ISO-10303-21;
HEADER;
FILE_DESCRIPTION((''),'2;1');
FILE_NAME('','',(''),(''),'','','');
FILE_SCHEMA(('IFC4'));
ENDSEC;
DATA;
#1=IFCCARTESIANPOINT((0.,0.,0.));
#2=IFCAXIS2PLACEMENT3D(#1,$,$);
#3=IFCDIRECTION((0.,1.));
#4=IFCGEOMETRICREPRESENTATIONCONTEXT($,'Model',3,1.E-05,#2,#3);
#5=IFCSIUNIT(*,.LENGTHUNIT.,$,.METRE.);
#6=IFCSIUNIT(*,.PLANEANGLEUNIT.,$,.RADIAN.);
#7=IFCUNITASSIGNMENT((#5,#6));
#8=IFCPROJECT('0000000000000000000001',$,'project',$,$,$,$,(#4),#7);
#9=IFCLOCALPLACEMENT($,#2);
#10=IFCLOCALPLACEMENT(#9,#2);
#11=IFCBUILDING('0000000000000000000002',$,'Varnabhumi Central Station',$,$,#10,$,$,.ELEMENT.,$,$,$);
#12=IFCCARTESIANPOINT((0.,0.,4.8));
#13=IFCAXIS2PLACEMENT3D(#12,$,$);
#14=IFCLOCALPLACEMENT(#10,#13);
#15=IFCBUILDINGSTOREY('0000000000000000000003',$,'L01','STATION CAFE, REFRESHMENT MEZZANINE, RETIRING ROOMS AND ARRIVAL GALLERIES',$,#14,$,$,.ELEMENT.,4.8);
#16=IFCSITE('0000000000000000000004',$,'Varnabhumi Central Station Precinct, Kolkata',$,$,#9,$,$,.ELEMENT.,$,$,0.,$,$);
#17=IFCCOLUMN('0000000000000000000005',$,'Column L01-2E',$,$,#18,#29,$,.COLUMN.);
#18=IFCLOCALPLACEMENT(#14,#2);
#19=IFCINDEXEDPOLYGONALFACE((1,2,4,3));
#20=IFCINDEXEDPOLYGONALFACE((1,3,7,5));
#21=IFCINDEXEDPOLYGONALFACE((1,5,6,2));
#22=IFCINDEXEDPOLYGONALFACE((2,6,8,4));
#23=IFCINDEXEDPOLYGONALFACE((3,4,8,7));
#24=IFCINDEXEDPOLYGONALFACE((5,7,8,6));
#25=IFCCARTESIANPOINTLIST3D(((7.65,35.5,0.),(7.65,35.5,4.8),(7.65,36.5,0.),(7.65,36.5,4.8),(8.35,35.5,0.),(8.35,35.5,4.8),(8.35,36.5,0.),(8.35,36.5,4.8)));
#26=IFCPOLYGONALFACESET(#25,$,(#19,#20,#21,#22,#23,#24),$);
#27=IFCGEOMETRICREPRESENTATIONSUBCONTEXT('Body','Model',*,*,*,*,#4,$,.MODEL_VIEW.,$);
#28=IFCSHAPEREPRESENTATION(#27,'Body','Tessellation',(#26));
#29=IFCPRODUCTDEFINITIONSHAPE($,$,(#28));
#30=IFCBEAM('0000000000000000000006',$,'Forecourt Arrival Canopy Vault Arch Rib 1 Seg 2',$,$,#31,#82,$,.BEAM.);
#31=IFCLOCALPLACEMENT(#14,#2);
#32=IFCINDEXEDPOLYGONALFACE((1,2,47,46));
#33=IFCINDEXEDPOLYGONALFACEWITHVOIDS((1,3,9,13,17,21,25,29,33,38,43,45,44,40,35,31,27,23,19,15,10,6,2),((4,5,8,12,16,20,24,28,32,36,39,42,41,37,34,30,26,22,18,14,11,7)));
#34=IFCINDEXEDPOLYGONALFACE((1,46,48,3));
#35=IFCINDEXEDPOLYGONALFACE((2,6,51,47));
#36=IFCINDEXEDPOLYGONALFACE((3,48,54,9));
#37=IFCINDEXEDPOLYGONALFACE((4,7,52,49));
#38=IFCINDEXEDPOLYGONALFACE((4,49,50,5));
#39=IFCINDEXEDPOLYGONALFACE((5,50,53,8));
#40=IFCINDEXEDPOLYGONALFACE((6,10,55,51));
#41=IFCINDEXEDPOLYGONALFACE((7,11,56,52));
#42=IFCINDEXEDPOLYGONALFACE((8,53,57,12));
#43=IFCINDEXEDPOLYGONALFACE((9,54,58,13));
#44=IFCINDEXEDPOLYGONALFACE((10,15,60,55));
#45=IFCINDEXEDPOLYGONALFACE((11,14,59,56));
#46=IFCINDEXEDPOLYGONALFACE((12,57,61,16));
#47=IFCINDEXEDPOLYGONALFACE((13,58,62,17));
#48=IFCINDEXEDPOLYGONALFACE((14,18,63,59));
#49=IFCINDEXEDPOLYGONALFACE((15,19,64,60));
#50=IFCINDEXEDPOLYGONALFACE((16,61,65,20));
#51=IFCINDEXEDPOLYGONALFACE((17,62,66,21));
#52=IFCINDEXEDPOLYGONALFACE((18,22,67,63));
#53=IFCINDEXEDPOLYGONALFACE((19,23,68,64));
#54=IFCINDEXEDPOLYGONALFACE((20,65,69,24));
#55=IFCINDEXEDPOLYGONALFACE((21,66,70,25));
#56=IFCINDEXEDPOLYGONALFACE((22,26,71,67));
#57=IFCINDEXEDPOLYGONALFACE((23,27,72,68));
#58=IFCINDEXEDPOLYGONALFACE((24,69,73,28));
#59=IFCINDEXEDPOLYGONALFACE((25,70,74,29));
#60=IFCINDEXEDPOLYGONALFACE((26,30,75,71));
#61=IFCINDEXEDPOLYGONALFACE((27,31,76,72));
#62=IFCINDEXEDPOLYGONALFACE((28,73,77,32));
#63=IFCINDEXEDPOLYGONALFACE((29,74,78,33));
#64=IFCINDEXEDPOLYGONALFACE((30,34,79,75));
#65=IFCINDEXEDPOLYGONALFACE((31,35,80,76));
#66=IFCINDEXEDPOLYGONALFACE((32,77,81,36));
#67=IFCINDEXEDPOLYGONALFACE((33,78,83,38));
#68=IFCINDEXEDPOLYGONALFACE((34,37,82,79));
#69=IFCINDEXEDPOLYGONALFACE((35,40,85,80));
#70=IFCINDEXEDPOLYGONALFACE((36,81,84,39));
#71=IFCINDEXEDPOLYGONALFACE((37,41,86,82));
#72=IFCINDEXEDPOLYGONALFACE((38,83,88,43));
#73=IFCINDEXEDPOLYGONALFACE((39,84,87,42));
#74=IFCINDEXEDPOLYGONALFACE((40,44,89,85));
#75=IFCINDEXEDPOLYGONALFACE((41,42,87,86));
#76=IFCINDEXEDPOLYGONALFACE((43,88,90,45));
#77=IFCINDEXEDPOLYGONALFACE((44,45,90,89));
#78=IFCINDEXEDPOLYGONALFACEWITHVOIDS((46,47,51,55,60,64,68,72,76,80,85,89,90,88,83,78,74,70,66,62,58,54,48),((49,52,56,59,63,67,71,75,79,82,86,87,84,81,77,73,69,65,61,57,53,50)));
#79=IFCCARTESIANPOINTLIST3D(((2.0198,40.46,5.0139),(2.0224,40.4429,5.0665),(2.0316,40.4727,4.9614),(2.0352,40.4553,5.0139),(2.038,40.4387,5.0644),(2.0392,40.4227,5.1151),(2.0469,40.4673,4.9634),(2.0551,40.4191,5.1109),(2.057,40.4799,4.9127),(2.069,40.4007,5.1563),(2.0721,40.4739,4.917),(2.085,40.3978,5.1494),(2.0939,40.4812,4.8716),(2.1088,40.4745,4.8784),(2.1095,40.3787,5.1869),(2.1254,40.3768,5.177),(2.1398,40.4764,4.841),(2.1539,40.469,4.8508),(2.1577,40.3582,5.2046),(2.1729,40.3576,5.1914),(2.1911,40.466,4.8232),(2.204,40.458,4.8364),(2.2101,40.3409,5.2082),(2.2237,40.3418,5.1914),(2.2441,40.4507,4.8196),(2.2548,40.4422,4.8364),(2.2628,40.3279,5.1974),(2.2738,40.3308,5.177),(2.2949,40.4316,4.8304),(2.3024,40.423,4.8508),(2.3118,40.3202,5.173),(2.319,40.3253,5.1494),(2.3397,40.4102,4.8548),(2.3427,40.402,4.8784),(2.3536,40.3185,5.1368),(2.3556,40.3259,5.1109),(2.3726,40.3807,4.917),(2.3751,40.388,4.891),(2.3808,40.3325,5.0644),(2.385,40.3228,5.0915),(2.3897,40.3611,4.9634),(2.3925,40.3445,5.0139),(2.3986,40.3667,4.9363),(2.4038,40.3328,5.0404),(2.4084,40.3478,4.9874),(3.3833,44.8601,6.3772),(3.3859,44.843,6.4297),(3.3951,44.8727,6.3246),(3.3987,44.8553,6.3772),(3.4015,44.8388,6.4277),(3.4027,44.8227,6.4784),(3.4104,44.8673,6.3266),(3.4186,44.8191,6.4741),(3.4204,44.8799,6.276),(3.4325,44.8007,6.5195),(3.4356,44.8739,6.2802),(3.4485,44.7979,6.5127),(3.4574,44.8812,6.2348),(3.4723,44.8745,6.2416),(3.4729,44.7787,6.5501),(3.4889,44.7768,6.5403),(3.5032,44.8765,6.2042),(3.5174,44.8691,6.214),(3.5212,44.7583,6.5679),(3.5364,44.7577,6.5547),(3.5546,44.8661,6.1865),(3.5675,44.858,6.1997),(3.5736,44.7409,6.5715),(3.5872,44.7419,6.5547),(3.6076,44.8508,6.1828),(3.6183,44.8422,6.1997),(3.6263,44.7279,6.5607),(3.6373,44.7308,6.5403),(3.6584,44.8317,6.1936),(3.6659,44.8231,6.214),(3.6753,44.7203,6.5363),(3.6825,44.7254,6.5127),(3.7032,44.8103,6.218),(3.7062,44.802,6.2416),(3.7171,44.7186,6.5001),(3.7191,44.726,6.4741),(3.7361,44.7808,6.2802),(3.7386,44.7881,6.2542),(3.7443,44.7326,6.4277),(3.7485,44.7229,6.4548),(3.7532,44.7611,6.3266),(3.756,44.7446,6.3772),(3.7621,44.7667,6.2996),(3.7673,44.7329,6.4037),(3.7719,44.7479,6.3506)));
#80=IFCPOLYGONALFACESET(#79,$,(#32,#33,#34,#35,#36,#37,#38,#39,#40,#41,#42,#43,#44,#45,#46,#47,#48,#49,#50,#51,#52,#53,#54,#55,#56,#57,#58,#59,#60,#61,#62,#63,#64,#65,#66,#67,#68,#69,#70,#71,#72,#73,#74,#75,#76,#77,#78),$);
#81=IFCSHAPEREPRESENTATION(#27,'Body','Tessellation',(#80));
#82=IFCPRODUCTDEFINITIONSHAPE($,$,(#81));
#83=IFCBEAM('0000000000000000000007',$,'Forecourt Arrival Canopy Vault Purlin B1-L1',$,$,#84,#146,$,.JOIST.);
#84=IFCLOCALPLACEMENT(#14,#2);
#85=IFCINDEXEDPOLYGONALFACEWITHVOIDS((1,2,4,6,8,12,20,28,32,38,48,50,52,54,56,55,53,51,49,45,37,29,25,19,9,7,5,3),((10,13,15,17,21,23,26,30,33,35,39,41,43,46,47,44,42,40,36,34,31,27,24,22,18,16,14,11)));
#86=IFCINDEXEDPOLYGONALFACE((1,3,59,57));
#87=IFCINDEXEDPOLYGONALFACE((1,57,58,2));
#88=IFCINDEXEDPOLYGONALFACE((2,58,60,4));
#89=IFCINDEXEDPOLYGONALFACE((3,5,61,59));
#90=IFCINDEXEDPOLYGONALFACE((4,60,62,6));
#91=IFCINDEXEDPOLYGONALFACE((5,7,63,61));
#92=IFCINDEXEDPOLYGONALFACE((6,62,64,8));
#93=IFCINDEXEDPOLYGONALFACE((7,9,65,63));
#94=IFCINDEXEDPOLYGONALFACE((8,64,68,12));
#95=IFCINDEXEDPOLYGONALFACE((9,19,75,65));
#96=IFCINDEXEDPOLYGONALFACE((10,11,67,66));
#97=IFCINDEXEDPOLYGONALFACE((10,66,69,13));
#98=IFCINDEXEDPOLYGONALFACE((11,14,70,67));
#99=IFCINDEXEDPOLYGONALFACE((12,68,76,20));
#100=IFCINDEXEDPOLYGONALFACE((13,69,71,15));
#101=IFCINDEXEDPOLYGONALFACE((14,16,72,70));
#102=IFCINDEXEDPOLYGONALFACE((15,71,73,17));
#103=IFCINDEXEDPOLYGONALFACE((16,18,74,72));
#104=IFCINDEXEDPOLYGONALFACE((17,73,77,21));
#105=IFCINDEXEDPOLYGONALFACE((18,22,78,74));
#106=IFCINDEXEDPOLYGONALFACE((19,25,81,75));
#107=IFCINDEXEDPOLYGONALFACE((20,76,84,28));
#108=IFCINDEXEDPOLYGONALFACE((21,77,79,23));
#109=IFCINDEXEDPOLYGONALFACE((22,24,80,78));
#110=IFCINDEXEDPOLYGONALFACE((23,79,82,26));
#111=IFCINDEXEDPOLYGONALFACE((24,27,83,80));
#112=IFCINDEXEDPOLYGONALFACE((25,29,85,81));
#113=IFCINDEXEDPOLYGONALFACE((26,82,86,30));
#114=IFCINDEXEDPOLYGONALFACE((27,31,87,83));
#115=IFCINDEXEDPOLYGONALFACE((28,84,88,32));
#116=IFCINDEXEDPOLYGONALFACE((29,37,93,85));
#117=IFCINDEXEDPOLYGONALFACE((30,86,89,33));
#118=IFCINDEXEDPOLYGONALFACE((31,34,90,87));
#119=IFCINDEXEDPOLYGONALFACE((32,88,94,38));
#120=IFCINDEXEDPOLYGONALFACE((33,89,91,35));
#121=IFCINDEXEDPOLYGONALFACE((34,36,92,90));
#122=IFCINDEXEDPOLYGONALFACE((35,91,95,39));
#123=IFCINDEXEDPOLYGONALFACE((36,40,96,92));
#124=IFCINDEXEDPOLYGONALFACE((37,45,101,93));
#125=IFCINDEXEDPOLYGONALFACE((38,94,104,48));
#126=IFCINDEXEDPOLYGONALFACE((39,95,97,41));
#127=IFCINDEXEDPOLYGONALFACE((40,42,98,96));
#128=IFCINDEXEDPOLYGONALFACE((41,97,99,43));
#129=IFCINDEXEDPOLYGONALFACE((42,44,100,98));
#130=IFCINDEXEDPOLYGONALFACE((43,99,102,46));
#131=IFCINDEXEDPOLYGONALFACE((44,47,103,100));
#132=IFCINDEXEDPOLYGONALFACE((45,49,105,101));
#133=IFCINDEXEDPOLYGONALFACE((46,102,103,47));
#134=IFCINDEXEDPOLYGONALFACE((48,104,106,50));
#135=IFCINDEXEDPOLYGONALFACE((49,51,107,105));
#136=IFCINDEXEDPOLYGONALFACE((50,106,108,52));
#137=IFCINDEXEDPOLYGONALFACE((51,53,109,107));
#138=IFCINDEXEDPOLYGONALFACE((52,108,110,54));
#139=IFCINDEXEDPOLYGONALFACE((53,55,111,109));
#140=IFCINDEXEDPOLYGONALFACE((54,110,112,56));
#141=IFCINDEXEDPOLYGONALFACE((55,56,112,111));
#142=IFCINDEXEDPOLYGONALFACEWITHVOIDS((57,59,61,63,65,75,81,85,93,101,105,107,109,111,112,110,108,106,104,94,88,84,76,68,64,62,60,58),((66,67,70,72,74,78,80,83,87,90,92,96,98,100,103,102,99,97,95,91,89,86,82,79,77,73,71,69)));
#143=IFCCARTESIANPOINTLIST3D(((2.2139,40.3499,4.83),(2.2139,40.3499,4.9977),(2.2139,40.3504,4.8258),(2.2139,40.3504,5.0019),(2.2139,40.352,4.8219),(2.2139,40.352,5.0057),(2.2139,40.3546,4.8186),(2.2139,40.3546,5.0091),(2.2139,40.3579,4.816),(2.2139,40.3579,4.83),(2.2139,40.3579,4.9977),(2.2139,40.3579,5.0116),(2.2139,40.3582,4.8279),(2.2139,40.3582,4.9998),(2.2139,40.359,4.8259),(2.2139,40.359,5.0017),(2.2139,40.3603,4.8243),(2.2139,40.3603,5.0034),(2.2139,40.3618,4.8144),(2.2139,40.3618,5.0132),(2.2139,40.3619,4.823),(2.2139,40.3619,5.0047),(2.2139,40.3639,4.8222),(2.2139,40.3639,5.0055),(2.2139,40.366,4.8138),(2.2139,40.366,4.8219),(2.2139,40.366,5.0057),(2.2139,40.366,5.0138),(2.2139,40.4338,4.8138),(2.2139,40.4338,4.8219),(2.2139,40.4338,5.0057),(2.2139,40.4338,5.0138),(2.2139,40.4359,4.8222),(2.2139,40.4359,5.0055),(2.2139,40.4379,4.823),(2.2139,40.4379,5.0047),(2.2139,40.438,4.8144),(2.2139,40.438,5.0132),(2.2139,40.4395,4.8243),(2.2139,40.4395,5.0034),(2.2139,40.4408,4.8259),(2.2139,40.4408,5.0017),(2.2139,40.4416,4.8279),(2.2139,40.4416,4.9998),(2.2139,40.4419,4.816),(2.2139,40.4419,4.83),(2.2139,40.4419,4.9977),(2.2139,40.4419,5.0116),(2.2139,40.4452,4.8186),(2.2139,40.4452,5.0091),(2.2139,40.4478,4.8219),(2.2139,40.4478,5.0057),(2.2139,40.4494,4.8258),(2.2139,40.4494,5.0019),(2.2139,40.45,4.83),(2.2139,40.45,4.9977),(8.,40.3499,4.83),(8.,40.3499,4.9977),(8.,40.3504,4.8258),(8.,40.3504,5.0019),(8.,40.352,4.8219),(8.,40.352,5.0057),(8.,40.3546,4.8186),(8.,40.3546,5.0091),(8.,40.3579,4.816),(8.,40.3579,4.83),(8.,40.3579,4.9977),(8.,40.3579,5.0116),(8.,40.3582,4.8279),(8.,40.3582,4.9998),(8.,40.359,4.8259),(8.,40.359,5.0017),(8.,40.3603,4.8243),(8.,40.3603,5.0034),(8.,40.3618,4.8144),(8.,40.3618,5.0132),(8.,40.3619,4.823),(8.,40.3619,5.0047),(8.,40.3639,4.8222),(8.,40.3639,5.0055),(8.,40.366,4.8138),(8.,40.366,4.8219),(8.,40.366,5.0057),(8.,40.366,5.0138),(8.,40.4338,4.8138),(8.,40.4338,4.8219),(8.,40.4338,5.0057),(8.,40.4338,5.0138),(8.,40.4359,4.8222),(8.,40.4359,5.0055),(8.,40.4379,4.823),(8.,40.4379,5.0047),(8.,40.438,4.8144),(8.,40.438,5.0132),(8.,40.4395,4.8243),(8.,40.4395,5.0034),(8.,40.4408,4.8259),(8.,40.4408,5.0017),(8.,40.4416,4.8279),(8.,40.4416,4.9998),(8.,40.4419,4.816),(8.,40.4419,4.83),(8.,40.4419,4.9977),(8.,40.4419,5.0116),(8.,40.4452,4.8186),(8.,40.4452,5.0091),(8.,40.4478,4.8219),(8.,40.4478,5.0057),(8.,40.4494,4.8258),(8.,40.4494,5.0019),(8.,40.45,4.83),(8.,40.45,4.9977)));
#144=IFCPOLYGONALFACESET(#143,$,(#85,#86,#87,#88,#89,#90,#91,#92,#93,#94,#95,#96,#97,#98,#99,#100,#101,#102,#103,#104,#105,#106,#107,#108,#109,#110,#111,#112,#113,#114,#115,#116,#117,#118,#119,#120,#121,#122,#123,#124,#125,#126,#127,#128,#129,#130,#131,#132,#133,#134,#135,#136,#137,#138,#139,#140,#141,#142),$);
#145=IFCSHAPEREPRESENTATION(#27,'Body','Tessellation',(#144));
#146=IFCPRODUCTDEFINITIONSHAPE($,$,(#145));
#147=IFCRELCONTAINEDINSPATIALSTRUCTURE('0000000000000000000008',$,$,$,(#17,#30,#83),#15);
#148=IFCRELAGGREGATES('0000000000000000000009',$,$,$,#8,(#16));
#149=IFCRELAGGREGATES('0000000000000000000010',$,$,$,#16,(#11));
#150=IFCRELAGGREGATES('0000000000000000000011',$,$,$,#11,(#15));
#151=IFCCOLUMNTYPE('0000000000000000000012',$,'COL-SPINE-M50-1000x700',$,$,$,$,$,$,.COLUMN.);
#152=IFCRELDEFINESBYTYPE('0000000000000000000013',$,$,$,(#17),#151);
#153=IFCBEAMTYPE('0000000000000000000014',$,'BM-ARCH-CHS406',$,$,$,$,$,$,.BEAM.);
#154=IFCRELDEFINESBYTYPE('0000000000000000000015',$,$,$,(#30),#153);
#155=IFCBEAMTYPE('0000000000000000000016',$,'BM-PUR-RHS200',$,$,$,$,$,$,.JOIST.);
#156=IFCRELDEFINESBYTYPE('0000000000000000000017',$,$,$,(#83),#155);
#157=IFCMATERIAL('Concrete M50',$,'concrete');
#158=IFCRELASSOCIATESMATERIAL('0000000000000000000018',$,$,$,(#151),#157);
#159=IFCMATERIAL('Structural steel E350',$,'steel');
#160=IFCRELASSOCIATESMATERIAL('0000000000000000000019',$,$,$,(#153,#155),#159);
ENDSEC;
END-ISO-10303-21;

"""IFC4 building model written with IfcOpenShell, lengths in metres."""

from ifc_helpers import new_model, si_unit, direction, frame, origin, origin_2d, place, context, subcontext, project, spatial, rectangle, hollow_rectangle, hollow_circle, extrude, material, material_profile, profile_set, type_object, element, save


model = new_model("IFC4")

# Units and contexts
model_context = context("Model", 3, precision=1e-05, world=origin(), true_north=direction((0.0, 1.0)))
body_context = subcontext(model_context, "Body", "Model", "MODEL_VIEW")
ifc_project = project(units=[si_unit("LENGTHUNIT", "METRE"), si_unit("PLANEANGLEUNIT", "RADIAN")], contexts=[model_context])

# Site, building, storey
site_placement = place(None, origin())
site = spatial("IfcSite", under=ifc_project, at=site_placement, Name="Varnabhumi Central Station Precinct, Kolkata", CompositionType="ELEMENT", RefElevation=0.0)
building_placement = place(site_placement, origin())
building = spatial("IfcBuilding", under=site, at=building_placement, Name="Varnabhumi Central Station", CompositionType="ELEMENT")
storey_placement = place(building_placement, frame((0.0, 0.0, 4.8)))
storey = spatial("IfcBuildingStorey", under=building, at=storey_placement, Name="L01", Description="STATION CAFE, REFRESHMENT MEZZANINE, RETIRING ROOMS AND ARRIVAL GALLERIES", CompositionType="ELEMENT", Elevation=4.8)

# Column
ifc_material_1 = material(Name="Concrete M50", Category="concrete")
ifc_material_profile_1 = material_profile(ifc_material_1, rectangle(XDim=0.7, YDim=1.0, at=origin_2d()), Name="Concrete M50", Category="concrete")
ifc_profile_set_1 = profile_set([ifc_material_profile_1], Name="Concrete M50")
column_type = type_object("IfcColumnType", Name="COL-SPINE-M50-1000x700", PredefinedType="COLUMN", material=ifc_profile_set_1)
column_placement = place(storey_placement, frame((8.0, 36.0, 0.0), z_axis=(0.0, 0.0, 1.0), x_axis=(1.0, 0.0, 0.0)))
element("IfcColumn", 1, at=column_placement, inside=storey, type_object=column_type, Name="Column L01-2E", PredefinedType="COLUMN", context=body_context, shape_type="SweptSolid", body=[
    extrude(rectangle(XDim=0.7, YDim=1.0, at=origin_2d()), origin(), (0.0, 0.0, 1.0), 4.8),
])

# Beams
ifc_material_2 = material(Name="Structural steel E350", Category="steel")
ifc_material_profile_2 = material_profile(ifc_material_2, hollow_circle(Radius=0.2031, WallThickness=0.0161, at=origin_2d()), Name="Structural steel E350", Category="steel")
ifc_profile_set_2 = profile_set([ifc_material_profile_2], Name="Structural steel E350")
beam_type_1 = type_object("IfcBeamType", Name="BM-ARCH-CHS406", PredefinedType="BEAM", material=ifc_profile_set_2)
beam_1_placement = place(storey_placement, frame((2.2139, 40.3999, 5.0139), z_axis=(0.283828, 0.915922, 0.283777), x_axis=(-0.955189, 0.295996, 0.0)))
element("IfcBeam", 2, at=beam_1_placement, inside=storey, type_object=beam_type_1, Name="Forecourt Arrival Canopy Vault Arch Rib 1 Seg 2", PredefinedType="BEAM", context=body_context, shape_type="SweptSolid", body=[
    extrude(hollow_circle(Radius=0.2031, WallThickness=0.0161, at=origin_2d()), origin(), (0.0, 0.0, 1.0), 4.804),
])
ifc_material_profile_3 = material_profile(ifc_material_2, hollow_rectangle(XDim=0.1001, YDim=0.2, WallThickness=0.0081, InnerFilletRadius=0.0081, OuterFilletRadius=0.0161, at=origin_2d()), Name="Structural steel E350", Category="steel")
ifc_profile_set_3 = profile_set([ifc_material_profile_3], Name="Structural steel E350")
beam_type_2 = type_object("IfcBeamType", Name="BM-PUR-RHS200", PredefinedType="JOIST", material=ifc_profile_set_3)
beam_2_placement = place(storey_placement, frame((2.2139, 40.3999, 4.9138), z_axis=(1.0, 0.0, 0.0), x_axis=(0.0, 1.0, 0.0)))
element("IfcBeam", 3, at=beam_2_placement, inside=storey, type_object=beam_type_2, Name="Forecourt Arrival Canopy Vault Purlin B1-L1", PredefinedType="JOIST", context=body_context, shape_type="SweptSolid", body=[
    extrude(hollow_rectangle(XDim=0.1001, YDim=0.2, WallThickness=0.0081, InnerFilletRadius=0.0081, OuterFilletRadius=0.0161, at=origin_2d()), origin(), (0.0, 0.0, 1.0), 5.7861),
])

save(model, "model.ifc")
